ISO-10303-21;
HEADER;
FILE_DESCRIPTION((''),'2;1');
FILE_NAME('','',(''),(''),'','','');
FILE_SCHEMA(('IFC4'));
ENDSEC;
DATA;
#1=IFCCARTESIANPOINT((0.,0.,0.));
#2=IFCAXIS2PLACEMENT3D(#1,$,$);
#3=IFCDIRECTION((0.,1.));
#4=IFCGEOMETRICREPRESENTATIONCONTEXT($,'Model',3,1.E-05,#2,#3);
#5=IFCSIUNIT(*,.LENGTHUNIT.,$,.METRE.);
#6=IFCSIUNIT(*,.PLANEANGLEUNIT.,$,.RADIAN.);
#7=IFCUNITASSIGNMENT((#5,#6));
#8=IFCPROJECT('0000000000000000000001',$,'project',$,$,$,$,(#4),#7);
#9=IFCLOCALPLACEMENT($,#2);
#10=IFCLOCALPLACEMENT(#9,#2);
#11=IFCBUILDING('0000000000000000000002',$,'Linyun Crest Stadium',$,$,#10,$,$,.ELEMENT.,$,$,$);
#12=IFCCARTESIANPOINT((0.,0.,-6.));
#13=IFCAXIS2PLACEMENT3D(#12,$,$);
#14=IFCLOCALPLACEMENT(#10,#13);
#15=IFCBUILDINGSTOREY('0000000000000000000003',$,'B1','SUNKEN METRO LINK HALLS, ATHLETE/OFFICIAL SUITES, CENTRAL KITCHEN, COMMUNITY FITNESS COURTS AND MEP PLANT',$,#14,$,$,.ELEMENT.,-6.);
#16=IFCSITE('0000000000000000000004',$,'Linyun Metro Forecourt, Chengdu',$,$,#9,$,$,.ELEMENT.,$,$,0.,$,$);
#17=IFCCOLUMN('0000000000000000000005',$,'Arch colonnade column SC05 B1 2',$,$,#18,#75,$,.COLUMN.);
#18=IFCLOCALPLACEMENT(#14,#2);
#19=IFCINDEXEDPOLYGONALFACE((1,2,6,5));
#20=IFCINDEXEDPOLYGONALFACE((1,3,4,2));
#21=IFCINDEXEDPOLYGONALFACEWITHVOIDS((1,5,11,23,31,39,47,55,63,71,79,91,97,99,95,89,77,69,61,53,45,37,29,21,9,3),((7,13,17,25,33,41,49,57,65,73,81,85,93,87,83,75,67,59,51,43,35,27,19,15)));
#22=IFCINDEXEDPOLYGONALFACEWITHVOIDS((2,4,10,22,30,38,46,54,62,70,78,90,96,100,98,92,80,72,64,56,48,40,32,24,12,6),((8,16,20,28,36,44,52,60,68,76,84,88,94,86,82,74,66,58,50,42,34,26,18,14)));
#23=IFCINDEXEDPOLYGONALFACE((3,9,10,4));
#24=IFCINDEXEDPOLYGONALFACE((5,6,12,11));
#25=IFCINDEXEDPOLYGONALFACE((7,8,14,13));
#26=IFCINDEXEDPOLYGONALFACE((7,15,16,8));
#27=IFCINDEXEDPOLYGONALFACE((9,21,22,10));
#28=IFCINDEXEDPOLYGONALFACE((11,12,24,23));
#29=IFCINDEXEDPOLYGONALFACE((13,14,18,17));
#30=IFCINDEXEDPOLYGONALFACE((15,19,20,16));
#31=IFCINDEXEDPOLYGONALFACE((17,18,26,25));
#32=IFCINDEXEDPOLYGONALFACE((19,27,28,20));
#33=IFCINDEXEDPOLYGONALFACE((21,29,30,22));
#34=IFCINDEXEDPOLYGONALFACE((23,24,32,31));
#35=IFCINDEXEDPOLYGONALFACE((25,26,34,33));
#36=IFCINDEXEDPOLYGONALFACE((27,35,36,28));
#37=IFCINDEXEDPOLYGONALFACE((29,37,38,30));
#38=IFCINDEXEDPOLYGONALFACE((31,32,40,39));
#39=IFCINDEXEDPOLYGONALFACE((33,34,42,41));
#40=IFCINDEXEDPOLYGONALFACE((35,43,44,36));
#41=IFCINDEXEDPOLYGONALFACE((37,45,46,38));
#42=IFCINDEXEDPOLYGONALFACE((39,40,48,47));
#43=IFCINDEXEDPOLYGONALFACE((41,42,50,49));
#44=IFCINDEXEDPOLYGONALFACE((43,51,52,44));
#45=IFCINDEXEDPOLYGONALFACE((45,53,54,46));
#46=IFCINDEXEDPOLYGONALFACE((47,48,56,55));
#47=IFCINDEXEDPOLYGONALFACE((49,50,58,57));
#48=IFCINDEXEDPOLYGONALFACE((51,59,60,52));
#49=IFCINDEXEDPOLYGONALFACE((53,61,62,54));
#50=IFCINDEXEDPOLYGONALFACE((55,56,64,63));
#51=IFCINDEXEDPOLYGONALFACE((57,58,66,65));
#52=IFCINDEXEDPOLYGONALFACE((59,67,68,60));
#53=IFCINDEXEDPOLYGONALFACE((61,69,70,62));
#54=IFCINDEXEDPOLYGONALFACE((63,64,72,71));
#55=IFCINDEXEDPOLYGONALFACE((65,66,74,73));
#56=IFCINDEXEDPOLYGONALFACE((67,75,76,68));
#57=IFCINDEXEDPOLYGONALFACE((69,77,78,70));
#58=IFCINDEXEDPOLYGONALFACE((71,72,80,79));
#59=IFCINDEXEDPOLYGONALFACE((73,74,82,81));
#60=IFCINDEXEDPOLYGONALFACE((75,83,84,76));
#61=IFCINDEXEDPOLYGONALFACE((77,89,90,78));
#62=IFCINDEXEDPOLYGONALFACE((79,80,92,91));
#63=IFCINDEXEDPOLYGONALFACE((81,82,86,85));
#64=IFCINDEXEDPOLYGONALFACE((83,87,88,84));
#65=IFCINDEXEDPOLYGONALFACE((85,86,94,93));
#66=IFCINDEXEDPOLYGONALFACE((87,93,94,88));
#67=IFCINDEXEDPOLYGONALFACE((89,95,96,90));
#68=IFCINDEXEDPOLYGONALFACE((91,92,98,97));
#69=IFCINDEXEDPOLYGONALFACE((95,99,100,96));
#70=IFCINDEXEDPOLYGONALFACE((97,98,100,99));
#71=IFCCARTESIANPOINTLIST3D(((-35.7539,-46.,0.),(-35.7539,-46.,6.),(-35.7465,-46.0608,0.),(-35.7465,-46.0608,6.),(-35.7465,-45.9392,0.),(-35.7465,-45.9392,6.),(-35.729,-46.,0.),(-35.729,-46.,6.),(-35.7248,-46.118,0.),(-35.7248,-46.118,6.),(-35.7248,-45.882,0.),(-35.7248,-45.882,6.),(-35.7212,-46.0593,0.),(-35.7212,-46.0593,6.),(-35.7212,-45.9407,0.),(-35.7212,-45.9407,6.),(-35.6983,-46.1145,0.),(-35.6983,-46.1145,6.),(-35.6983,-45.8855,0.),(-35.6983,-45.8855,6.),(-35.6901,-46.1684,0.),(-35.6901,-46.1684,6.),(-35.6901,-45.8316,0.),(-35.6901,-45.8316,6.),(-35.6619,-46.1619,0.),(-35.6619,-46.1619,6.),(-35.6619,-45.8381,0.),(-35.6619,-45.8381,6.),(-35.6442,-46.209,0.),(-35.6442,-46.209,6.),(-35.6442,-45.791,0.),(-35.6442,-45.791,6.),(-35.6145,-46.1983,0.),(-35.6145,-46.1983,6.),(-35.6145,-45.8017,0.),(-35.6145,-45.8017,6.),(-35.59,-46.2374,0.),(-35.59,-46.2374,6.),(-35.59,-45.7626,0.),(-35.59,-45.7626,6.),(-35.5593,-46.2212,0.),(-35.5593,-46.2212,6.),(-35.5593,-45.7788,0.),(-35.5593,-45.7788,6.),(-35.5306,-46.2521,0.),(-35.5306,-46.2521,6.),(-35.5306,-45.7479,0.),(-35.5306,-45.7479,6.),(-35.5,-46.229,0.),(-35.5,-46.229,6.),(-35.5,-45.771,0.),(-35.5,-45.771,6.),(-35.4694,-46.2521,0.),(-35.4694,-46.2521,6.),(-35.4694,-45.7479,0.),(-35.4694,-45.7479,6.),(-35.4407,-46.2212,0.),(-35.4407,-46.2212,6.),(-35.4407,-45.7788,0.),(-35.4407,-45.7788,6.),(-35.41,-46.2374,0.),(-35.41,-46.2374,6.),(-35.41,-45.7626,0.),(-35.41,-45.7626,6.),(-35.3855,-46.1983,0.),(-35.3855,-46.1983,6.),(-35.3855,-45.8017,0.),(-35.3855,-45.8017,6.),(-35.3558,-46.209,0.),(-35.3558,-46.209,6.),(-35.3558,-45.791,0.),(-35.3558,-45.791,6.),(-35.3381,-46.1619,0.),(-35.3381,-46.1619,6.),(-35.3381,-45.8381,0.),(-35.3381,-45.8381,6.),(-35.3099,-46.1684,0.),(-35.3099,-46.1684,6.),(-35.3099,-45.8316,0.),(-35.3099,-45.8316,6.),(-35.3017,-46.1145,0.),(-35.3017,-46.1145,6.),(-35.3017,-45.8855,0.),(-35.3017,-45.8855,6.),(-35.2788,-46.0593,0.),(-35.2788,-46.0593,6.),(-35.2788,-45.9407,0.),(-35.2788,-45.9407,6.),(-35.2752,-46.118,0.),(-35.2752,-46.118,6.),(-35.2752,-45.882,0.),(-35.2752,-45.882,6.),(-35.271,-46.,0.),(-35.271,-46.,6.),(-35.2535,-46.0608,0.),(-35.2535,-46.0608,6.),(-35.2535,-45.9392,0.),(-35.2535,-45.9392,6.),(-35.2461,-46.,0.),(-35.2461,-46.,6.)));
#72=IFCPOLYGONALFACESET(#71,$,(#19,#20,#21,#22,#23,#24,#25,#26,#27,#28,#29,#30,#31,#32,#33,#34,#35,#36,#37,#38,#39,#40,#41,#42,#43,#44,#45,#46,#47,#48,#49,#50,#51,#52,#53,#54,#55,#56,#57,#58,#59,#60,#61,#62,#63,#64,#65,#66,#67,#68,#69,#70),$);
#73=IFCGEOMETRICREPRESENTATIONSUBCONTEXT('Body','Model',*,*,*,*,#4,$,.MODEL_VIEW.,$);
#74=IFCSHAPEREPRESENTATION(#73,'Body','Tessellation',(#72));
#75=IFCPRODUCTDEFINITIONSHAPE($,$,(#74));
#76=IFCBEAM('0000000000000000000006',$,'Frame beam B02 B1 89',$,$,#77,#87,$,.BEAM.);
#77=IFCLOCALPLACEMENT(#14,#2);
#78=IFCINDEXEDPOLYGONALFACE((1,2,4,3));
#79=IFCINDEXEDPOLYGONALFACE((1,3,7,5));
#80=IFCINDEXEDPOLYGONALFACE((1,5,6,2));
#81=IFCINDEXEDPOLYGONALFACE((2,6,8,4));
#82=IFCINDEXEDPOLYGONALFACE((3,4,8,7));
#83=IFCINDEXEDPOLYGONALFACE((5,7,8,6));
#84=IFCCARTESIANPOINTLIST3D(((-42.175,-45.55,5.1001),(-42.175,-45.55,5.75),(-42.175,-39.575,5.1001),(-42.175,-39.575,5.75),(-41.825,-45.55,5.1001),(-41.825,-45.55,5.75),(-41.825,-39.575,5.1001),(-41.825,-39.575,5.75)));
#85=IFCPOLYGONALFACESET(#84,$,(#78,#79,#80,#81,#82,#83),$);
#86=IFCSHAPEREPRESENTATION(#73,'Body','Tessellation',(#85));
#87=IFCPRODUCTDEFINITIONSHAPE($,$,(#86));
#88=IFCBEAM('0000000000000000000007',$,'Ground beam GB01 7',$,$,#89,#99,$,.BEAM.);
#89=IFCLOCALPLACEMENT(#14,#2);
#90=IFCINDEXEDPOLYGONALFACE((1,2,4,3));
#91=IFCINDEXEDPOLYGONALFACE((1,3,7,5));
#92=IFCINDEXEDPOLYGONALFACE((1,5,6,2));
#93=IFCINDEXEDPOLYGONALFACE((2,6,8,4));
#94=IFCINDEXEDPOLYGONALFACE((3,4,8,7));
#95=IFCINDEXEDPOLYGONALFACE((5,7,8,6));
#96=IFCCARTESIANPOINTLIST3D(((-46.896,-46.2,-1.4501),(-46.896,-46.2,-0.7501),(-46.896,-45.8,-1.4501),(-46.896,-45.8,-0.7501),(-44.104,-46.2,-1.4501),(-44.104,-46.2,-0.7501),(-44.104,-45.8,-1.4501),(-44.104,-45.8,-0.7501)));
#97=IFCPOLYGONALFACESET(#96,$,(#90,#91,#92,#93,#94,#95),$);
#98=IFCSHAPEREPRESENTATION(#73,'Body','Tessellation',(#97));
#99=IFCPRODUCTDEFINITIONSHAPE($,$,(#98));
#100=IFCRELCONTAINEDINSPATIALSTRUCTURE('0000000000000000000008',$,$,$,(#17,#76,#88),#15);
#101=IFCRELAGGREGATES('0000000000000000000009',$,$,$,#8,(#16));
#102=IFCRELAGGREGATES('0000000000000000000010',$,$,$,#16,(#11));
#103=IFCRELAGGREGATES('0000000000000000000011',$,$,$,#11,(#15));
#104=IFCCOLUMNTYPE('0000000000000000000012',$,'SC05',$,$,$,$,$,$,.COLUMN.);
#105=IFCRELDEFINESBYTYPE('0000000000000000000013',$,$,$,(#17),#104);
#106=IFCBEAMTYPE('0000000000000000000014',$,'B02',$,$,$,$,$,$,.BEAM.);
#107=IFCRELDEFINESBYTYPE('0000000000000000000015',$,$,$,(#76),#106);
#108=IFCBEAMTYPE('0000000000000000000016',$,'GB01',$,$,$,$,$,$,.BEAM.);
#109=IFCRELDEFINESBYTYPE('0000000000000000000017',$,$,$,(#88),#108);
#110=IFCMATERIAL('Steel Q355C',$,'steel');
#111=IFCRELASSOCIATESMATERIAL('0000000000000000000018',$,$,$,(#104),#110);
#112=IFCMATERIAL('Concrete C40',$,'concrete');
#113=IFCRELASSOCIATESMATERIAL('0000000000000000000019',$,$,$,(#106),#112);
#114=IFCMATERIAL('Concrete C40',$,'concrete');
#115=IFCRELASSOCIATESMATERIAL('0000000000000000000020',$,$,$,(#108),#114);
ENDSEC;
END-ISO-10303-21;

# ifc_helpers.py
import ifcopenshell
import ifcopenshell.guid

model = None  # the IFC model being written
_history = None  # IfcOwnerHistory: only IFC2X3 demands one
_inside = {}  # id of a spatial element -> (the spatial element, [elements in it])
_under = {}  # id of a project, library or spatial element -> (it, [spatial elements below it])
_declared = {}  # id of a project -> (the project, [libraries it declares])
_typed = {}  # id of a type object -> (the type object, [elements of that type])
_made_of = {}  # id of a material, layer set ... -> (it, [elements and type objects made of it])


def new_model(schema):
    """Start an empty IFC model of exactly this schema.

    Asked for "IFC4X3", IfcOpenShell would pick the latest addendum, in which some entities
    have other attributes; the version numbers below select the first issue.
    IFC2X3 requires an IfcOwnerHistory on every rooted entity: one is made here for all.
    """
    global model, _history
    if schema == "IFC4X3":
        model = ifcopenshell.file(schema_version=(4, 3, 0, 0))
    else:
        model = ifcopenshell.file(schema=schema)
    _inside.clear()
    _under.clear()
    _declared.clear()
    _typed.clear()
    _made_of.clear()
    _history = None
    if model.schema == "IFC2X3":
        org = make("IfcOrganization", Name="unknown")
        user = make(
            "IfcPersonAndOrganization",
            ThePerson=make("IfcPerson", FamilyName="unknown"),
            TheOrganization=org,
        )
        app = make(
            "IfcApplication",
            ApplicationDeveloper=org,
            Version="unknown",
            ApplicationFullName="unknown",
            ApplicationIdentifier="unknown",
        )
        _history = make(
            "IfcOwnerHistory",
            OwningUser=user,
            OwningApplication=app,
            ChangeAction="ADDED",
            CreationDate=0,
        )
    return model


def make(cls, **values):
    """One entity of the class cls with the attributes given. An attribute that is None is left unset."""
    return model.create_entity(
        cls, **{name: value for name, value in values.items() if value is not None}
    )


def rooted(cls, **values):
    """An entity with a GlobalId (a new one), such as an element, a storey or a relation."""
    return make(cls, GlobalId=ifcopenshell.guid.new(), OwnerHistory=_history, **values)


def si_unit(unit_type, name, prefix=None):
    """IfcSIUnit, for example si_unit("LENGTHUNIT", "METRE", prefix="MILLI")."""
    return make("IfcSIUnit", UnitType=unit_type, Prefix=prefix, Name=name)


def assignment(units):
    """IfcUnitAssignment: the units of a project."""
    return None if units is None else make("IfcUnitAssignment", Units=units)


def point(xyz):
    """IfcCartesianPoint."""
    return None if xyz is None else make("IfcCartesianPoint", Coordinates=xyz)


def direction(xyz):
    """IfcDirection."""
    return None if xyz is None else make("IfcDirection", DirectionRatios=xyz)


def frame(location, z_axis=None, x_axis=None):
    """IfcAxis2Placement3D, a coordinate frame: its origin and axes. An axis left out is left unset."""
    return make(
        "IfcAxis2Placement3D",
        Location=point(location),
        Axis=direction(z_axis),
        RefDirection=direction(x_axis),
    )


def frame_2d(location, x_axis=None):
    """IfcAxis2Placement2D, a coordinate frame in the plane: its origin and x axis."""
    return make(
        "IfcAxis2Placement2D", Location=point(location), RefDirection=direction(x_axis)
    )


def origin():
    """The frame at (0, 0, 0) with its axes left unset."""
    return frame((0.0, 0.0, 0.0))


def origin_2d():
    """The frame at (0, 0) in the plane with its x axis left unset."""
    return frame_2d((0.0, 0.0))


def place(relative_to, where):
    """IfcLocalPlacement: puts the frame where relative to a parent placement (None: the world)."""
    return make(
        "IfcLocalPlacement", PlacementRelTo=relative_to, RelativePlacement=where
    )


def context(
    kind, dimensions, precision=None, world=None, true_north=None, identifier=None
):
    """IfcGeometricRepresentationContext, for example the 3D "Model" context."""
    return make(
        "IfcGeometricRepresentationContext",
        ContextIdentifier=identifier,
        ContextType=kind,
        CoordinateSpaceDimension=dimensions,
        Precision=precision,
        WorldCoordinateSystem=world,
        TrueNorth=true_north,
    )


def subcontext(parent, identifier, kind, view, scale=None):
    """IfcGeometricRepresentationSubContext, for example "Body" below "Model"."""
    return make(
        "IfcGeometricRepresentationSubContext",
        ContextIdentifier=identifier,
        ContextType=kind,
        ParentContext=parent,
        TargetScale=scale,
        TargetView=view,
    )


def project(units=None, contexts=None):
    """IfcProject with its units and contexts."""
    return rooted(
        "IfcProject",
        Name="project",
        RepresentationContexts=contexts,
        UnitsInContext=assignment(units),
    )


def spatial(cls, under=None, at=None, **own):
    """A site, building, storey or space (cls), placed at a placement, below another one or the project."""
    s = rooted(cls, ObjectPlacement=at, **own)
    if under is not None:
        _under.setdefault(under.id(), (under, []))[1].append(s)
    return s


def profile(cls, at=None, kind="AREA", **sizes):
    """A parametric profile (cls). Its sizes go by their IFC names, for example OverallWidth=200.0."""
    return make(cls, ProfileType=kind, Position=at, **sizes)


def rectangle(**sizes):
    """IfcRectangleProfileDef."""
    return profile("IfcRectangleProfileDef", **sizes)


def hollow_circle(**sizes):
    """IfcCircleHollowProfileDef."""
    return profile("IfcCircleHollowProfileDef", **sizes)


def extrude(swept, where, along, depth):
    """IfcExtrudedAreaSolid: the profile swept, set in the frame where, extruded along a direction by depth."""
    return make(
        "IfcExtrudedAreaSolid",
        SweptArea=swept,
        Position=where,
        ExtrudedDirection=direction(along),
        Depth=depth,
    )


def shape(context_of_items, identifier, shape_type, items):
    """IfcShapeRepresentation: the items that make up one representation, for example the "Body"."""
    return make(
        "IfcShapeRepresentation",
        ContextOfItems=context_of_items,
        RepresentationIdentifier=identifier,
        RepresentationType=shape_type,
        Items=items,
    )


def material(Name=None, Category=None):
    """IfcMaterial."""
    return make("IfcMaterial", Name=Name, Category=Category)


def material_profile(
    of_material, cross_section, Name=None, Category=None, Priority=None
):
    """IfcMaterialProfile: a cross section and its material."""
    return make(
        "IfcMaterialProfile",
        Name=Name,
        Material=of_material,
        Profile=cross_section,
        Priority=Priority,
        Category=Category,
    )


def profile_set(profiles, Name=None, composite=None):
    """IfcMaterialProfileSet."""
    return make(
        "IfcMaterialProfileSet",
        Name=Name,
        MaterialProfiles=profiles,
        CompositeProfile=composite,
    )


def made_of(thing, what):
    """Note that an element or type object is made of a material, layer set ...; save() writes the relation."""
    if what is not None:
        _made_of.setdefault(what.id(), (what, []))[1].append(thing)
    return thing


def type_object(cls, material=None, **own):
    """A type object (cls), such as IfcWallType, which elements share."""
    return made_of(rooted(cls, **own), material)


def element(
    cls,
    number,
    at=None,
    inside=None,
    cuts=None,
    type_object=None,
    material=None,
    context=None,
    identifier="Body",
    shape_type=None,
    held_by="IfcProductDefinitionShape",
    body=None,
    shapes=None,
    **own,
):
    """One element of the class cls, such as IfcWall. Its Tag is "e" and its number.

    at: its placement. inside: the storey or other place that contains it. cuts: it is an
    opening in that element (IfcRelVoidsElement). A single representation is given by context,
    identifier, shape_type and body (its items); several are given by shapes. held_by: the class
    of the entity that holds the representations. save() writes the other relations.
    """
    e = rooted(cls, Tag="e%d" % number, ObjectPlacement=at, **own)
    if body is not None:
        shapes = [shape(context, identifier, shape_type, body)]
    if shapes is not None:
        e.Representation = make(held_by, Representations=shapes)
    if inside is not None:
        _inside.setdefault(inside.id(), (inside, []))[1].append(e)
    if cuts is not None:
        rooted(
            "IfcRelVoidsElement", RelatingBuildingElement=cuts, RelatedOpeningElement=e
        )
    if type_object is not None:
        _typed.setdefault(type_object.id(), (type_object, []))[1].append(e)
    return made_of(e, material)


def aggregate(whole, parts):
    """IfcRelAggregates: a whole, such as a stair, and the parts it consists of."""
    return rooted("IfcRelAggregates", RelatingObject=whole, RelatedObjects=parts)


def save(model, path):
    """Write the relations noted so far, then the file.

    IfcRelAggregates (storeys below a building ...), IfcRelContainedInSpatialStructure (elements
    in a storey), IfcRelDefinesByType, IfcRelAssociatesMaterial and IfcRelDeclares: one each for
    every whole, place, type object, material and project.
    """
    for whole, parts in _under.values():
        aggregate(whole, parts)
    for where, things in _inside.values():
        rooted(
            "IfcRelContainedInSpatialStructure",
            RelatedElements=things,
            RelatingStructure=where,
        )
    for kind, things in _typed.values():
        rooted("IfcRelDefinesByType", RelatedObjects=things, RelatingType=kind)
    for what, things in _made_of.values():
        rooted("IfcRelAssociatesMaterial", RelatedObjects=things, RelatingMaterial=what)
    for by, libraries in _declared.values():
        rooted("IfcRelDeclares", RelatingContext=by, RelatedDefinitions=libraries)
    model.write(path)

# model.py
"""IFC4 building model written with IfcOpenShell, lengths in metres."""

from ifc_helpers import new_model, si_unit, direction, frame, origin, origin_2d, place, context, subcontext, project, spatial, rectangle, hollow_circle, extrude, material, material_profile, profile_set, type_object, element, save


model = new_model("IFC4")

# Units and contexts
model_context = context("Model", 3, precision=1e-05, world=origin(), true_north=direction((0.0, 1.0)))
body_context = subcontext(model_context, "Body", "Model", "MODEL_VIEW")
ifc_project = project(units=[si_unit("LENGTHUNIT", "METRE"), si_unit("PLANEANGLEUNIT", "RADIAN")], contexts=[model_context])

# Site, building, storey
site_placement = place(None, origin())
site = spatial("IfcSite", under=ifc_project, at=site_placement, Name="Linyun Metro Forecourt, Chengdu", CompositionType="ELEMENT", RefElevation=0.0)
building_placement = place(site_placement, origin())
building = spatial("IfcBuilding", under=site, at=building_placement, Name="Linyun Crest Stadium", CompositionType="ELEMENT")
storey_placement = place(building_placement, frame((0.0, 0.0, -6.0)))
storey = spatial("IfcBuildingStorey", under=building, at=storey_placement, Name="B1", Description="SUNKEN METRO LINK HALLS, ATHLETE/OFFICIAL SUITES, CENTRAL KITCHEN, COMMUNITY FITNESS COURTS AND MEP PLANT", CompositionType="ELEMENT", Elevation=-6.0)

# Column
ifc_material_1 = material(Name="Steel Q355C", Category="steel")
ifc_material_profile_1 = material_profile(ifc_material_1, hollow_circle(Radius=0.2539, WallThickness=0.0249, at=origin_2d()), Name="CHS 508x25")
ifc_profile_set_1 = profile_set([ifc_material_profile_1], Name="Steel Q355C")
column_type_1 = type_object("IfcColumnType", Name="SC05", PredefinedType="COLUMN", material=ifc_profile_set_1)
column_1_placement = place(storey_placement, frame((-35.5, -46.0, 0.0), z_axis=(0.0, 0.0, 1.0), x_axis=(1.0, 0.0, 0.0)))
element("IfcColumn", 1, at=column_1_placement, inside=storey, type_object=column_type_1, Name="Arch colonnade column SC05 B1 2", PredefinedType="COLUMN", context=body_context, shape_type="SweptSolid", body=[
    extrude(hollow_circle(Radius=0.2539, WallThickness=0.0249, at=origin_2d()), origin(), (0.0, 0.0, 1.0), 6.0),
])

# Beams
ifc_material_2 = material(Name="Concrete C40", Category="concrete")
ifc_material_profile_2 = material_profile(ifc_material_2, rectangle(XDim=0.3501, YDim=0.6499, at=origin_2d()), Name="RCB 650x350")
ifc_profile_set_2 = profile_set([ifc_material_profile_2], Name="Concrete C40")
beam_type_1 = type_object("IfcBeamType", Name="B02", PredefinedType="BEAM", material=ifc_profile_set_2)
beam_1_placement = place(storey_placement, frame((-42.0, -45.55, 5.425), z_axis=(0.0, 1.0, 0.0), x_axis=(-1.0, 0.0, 0.0)))
element("IfcBeam", 2, at=beam_1_placement, inside=storey, type_object=beam_type_1, Name="Frame beam B02 B1 89", PredefinedType="BEAM", context=body_context, shape_type="SweptSolid", body=[
    extrude(rectangle(XDim=0.3501, YDim=0.6499, at=origin_2d()), origin(), (0.0, 0.0, 1.0), 5.9751),
])
ifc_material_3 = material(Name="Concrete C40", Category="concrete")
ifc_material_profile_3 = material_profile(ifc_material_3, rectangle(XDim=0.3999, YDim=0.7, at=origin_2d()), Name="RCB 700x400")
ifc_profile_set_3 = profile_set([ifc_material_profile_3], Name="Concrete C40")
beam_type_2 = type_object("IfcBeamType", Name="GB01", PredefinedType="BEAM", material=ifc_profile_set_3)
beam_2_placement = place(storey_placement, frame((-46.896, -46.0, -1.1001), z_axis=(1.0, 0.0, 0.0), x_axis=(0.0, 1.0, 0.0)))
element("IfcBeam", 3, at=beam_2_placement, inside=storey, type_object=beam_type_2, Name="Ground beam GB01 7", PredefinedType="BEAM", context=body_context, shape_type="SweptSolid", body=[
    extrude(rectangle(XDim=0.3999, YDim=0.7, at=origin_2d()), origin(), (0.0, 0.0, 1.0), 2.792),
])

save(model, "model.ifc")
